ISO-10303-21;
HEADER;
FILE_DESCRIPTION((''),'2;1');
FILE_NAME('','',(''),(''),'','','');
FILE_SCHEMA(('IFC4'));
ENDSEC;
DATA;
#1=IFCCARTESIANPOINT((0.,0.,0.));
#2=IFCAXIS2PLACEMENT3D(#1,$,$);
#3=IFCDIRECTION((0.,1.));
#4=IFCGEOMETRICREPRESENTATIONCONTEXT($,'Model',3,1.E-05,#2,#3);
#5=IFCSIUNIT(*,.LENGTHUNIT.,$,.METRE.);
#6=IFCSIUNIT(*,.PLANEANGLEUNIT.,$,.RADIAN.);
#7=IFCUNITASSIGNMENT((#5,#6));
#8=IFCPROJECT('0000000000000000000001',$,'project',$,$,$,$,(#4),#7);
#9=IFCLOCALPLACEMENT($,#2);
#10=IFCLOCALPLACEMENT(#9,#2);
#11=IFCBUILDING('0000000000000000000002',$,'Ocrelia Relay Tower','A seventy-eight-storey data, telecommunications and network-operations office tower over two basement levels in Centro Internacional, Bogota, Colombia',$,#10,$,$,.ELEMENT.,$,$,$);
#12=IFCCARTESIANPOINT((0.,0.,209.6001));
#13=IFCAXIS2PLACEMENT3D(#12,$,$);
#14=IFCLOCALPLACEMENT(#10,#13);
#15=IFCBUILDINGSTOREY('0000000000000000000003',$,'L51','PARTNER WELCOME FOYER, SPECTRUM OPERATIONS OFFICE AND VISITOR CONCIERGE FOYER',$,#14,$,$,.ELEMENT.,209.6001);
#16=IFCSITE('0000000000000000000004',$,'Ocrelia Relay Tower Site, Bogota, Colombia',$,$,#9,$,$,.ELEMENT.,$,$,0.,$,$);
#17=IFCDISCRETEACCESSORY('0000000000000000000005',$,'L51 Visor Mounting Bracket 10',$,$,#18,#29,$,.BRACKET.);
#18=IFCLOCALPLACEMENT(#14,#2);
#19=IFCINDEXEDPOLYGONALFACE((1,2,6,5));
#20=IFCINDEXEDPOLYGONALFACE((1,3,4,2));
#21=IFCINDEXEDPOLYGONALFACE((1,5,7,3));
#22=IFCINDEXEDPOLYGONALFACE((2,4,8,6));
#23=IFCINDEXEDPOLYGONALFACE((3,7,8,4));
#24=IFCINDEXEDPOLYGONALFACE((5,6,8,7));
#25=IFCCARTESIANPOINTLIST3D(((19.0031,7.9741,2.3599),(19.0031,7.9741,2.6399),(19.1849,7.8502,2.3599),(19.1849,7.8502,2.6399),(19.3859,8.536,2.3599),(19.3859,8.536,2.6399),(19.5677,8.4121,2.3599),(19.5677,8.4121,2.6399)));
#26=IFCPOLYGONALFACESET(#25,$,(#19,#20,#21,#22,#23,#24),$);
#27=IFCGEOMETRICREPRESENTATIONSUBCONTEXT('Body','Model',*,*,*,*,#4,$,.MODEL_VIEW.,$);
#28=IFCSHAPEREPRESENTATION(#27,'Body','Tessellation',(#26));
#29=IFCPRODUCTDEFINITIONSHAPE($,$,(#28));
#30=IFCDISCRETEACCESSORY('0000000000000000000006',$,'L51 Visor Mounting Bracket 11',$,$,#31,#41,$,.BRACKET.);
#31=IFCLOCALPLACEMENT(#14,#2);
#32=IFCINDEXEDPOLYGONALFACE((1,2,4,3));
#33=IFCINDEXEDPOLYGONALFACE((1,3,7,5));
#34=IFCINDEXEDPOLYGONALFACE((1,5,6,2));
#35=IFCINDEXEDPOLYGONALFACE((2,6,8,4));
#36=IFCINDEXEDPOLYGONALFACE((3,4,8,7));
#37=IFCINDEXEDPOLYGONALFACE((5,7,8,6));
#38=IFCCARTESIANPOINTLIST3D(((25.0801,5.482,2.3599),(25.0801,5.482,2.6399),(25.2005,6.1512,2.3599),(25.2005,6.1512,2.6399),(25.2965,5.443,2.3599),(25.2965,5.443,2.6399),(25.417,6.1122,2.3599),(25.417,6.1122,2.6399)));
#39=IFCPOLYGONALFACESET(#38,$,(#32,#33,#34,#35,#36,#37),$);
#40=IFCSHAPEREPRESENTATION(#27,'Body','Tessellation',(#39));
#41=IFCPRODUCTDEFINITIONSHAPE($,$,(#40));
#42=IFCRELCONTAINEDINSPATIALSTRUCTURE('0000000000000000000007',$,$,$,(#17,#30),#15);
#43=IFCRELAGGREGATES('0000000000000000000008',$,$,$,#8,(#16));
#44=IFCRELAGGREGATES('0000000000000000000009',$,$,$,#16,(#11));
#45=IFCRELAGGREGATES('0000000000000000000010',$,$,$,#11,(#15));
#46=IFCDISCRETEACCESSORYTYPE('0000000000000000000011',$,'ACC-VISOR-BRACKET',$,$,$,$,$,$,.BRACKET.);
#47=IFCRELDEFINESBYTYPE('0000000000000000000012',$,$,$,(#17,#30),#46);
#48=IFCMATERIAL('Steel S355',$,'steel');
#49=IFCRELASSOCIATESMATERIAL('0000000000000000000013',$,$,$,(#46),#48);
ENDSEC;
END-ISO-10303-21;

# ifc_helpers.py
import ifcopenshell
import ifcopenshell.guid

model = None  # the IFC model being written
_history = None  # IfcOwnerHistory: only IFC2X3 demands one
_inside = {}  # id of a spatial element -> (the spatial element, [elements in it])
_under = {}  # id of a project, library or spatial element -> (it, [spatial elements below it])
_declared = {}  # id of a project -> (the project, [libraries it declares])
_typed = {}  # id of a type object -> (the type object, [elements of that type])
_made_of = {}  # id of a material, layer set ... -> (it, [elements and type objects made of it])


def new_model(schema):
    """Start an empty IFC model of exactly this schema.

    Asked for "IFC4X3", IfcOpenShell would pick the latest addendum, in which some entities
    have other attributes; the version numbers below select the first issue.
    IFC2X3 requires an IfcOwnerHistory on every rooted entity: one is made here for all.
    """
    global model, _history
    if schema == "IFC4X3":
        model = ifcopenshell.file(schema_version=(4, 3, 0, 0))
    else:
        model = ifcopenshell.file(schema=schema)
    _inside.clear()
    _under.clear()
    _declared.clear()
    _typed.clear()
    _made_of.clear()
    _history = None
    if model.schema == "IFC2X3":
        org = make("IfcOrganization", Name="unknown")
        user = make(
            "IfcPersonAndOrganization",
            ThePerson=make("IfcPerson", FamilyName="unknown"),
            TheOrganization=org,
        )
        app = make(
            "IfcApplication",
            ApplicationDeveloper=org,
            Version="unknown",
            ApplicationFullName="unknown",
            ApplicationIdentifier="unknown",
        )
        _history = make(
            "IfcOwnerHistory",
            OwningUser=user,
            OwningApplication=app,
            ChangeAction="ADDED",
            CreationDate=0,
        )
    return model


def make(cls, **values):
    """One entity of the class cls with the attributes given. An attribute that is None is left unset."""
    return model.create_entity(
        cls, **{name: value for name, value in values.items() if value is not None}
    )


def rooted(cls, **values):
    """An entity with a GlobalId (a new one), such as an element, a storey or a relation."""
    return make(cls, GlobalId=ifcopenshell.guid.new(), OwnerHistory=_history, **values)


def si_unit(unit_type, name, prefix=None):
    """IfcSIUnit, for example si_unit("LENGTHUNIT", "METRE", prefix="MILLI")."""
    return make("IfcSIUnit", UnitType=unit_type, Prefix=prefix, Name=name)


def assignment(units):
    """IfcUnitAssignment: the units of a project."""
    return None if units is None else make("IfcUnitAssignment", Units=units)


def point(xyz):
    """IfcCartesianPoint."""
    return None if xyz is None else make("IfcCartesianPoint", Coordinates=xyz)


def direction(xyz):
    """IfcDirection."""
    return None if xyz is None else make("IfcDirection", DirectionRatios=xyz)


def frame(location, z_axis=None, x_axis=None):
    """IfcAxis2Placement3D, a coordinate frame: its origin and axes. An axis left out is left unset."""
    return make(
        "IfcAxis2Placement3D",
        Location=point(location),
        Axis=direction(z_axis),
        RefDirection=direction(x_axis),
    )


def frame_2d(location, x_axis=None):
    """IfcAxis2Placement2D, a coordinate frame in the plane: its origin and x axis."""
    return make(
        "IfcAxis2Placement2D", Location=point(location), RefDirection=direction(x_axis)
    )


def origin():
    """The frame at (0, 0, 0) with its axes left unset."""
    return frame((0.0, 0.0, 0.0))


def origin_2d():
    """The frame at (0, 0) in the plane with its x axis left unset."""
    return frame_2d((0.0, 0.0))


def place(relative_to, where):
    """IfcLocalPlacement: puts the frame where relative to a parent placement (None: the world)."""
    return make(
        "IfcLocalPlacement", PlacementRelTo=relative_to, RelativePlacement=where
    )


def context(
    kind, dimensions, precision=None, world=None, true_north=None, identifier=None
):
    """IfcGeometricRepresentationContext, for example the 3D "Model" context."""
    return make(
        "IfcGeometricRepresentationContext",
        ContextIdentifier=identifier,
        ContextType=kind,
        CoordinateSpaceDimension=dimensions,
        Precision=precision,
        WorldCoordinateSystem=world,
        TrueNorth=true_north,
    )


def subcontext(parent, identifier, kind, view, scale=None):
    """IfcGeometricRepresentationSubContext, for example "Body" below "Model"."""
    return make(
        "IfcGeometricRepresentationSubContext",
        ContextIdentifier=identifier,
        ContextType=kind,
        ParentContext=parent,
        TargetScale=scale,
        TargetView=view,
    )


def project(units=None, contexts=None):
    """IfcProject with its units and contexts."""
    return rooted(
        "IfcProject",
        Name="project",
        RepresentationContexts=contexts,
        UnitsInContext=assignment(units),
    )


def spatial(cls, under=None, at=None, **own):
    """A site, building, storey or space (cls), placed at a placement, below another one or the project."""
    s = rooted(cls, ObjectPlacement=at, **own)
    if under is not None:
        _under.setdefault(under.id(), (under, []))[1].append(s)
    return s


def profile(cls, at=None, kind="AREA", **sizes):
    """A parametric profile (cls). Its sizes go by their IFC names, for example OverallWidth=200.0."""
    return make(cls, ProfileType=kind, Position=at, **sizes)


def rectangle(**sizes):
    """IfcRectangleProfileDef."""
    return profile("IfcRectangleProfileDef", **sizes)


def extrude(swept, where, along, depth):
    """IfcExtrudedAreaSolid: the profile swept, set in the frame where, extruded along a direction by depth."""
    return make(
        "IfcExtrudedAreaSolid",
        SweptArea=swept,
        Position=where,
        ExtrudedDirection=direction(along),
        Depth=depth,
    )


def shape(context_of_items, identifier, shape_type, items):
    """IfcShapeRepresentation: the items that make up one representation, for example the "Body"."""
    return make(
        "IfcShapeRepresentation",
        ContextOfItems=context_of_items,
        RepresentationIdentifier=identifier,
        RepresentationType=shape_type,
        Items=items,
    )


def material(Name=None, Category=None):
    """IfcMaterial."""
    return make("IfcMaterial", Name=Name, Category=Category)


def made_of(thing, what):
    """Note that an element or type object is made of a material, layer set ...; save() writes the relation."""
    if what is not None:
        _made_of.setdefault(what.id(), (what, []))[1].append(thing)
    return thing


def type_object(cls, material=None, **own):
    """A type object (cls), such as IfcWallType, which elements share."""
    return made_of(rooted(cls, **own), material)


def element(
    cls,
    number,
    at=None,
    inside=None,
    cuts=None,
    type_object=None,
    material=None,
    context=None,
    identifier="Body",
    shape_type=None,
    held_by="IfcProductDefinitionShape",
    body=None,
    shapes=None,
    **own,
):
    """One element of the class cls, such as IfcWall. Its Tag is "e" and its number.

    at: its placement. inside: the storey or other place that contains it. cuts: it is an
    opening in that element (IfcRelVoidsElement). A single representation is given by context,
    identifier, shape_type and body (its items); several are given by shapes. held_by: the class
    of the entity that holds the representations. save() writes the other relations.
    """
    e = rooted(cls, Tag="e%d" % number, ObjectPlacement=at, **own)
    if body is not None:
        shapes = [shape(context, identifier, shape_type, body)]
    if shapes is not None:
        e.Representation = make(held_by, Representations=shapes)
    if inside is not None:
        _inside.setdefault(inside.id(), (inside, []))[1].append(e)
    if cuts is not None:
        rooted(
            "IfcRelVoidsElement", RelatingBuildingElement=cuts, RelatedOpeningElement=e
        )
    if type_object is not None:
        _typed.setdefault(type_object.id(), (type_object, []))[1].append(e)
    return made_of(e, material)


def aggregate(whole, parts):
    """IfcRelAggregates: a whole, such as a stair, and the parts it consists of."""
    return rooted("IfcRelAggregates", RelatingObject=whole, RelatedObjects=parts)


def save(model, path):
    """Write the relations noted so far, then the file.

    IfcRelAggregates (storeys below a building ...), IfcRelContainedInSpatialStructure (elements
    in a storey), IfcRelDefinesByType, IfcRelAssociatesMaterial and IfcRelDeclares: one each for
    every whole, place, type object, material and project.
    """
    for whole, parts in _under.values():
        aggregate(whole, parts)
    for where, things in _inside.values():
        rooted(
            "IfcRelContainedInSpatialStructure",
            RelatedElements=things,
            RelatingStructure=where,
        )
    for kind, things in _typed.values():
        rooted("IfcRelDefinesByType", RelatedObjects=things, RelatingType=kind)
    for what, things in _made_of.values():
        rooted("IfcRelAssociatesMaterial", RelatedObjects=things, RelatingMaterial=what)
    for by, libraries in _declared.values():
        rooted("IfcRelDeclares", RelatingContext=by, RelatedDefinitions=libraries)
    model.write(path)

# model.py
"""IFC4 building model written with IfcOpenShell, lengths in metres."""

from ifc_helpers import new_model, si_unit, direction, frame, origin, origin_2d, place, context, subcontext, project, spatial, rectangle, extrude, material, type_object, element, save


model = new_model("IFC4")

# Units and contexts
model_context = context("Model", 3, precision=1e-05, world=origin(), true_north=direction((0.0, 1.0)))
body_context = subcontext(model_context, "Body", "Model", "MODEL_VIEW")
ifc_project = project(units=[si_unit("LENGTHUNIT", "METRE"), si_unit("PLANEANGLEUNIT", "RADIAN")], contexts=[model_context])

# Site, building, storey
site_placement = place(None, origin())
site = spatial("IfcSite", under=ifc_project, at=site_placement, Name="Ocrelia Relay Tower Site, Bogota, Colombia", CompositionType="ELEMENT", RefElevation=0.0)
building_placement = place(site_placement, origin())
building = spatial("IfcBuilding", under=site, at=building_placement, Name="Ocrelia Relay Tower", Description="A seventy-eight-storey data, telecommunications and network-operations office tower over two basement levels in Centro Internacional, Bogota, Colombia", CompositionType="ELEMENT")
storey_placement = place(building_placement, frame((0.0, 0.0, 209.6001)))
storey = spatial("IfcBuildingStorey", under=building, at=storey_placement, Name="L51", Description="PARTNER WELCOME FOYER, SPECTRUM OPERATIONS OFFICE AND VISITOR CONCIERGE FOYER", CompositionType="ELEMENT", Elevation=209.6001)

# Shared definitions
ifc_material_1 = material(Name="Steel S355", Category="steel")

# Discrete accessories
discrete_accessory_type = type_object("IfcDiscreteAccessoryType", Name="ACC-VISOR-BRACKET", PredefinedType="BRACKET", material=ifc_material_1)
for number, where, z_axis, x_axis, name in (
    (1, (19.2854, 8.1931, 2.3599), (0.0, 0.0, 1.0), (0.82639, -0.563098, 0.0), "L51 Visor Mounting Bracket 10"),
    (2, (25.2485, 5.7971, 2.3599), (0.0, 0.0, 1.0), (0.984178, -0.177183, 0.0), "L51 Visor Mounting Bracket 11"),
):
    element("IfcDiscreteAccessory", number, at=place(storey_placement, frame(where, z_axis=z_axis, x_axis=x_axis)), inside=storey, type_object=discrete_accessory_type, Name=name, PredefinedType="BRACKET", context=body_context, shape_type="SweptSolid", body=[
        extrude(rectangle(XDim=0.22, YDim=0.6799, at=origin_2d()), origin(), (0.0, 0.0, 1.0), 0.28),
    ])

save(model, "model.ifc")
